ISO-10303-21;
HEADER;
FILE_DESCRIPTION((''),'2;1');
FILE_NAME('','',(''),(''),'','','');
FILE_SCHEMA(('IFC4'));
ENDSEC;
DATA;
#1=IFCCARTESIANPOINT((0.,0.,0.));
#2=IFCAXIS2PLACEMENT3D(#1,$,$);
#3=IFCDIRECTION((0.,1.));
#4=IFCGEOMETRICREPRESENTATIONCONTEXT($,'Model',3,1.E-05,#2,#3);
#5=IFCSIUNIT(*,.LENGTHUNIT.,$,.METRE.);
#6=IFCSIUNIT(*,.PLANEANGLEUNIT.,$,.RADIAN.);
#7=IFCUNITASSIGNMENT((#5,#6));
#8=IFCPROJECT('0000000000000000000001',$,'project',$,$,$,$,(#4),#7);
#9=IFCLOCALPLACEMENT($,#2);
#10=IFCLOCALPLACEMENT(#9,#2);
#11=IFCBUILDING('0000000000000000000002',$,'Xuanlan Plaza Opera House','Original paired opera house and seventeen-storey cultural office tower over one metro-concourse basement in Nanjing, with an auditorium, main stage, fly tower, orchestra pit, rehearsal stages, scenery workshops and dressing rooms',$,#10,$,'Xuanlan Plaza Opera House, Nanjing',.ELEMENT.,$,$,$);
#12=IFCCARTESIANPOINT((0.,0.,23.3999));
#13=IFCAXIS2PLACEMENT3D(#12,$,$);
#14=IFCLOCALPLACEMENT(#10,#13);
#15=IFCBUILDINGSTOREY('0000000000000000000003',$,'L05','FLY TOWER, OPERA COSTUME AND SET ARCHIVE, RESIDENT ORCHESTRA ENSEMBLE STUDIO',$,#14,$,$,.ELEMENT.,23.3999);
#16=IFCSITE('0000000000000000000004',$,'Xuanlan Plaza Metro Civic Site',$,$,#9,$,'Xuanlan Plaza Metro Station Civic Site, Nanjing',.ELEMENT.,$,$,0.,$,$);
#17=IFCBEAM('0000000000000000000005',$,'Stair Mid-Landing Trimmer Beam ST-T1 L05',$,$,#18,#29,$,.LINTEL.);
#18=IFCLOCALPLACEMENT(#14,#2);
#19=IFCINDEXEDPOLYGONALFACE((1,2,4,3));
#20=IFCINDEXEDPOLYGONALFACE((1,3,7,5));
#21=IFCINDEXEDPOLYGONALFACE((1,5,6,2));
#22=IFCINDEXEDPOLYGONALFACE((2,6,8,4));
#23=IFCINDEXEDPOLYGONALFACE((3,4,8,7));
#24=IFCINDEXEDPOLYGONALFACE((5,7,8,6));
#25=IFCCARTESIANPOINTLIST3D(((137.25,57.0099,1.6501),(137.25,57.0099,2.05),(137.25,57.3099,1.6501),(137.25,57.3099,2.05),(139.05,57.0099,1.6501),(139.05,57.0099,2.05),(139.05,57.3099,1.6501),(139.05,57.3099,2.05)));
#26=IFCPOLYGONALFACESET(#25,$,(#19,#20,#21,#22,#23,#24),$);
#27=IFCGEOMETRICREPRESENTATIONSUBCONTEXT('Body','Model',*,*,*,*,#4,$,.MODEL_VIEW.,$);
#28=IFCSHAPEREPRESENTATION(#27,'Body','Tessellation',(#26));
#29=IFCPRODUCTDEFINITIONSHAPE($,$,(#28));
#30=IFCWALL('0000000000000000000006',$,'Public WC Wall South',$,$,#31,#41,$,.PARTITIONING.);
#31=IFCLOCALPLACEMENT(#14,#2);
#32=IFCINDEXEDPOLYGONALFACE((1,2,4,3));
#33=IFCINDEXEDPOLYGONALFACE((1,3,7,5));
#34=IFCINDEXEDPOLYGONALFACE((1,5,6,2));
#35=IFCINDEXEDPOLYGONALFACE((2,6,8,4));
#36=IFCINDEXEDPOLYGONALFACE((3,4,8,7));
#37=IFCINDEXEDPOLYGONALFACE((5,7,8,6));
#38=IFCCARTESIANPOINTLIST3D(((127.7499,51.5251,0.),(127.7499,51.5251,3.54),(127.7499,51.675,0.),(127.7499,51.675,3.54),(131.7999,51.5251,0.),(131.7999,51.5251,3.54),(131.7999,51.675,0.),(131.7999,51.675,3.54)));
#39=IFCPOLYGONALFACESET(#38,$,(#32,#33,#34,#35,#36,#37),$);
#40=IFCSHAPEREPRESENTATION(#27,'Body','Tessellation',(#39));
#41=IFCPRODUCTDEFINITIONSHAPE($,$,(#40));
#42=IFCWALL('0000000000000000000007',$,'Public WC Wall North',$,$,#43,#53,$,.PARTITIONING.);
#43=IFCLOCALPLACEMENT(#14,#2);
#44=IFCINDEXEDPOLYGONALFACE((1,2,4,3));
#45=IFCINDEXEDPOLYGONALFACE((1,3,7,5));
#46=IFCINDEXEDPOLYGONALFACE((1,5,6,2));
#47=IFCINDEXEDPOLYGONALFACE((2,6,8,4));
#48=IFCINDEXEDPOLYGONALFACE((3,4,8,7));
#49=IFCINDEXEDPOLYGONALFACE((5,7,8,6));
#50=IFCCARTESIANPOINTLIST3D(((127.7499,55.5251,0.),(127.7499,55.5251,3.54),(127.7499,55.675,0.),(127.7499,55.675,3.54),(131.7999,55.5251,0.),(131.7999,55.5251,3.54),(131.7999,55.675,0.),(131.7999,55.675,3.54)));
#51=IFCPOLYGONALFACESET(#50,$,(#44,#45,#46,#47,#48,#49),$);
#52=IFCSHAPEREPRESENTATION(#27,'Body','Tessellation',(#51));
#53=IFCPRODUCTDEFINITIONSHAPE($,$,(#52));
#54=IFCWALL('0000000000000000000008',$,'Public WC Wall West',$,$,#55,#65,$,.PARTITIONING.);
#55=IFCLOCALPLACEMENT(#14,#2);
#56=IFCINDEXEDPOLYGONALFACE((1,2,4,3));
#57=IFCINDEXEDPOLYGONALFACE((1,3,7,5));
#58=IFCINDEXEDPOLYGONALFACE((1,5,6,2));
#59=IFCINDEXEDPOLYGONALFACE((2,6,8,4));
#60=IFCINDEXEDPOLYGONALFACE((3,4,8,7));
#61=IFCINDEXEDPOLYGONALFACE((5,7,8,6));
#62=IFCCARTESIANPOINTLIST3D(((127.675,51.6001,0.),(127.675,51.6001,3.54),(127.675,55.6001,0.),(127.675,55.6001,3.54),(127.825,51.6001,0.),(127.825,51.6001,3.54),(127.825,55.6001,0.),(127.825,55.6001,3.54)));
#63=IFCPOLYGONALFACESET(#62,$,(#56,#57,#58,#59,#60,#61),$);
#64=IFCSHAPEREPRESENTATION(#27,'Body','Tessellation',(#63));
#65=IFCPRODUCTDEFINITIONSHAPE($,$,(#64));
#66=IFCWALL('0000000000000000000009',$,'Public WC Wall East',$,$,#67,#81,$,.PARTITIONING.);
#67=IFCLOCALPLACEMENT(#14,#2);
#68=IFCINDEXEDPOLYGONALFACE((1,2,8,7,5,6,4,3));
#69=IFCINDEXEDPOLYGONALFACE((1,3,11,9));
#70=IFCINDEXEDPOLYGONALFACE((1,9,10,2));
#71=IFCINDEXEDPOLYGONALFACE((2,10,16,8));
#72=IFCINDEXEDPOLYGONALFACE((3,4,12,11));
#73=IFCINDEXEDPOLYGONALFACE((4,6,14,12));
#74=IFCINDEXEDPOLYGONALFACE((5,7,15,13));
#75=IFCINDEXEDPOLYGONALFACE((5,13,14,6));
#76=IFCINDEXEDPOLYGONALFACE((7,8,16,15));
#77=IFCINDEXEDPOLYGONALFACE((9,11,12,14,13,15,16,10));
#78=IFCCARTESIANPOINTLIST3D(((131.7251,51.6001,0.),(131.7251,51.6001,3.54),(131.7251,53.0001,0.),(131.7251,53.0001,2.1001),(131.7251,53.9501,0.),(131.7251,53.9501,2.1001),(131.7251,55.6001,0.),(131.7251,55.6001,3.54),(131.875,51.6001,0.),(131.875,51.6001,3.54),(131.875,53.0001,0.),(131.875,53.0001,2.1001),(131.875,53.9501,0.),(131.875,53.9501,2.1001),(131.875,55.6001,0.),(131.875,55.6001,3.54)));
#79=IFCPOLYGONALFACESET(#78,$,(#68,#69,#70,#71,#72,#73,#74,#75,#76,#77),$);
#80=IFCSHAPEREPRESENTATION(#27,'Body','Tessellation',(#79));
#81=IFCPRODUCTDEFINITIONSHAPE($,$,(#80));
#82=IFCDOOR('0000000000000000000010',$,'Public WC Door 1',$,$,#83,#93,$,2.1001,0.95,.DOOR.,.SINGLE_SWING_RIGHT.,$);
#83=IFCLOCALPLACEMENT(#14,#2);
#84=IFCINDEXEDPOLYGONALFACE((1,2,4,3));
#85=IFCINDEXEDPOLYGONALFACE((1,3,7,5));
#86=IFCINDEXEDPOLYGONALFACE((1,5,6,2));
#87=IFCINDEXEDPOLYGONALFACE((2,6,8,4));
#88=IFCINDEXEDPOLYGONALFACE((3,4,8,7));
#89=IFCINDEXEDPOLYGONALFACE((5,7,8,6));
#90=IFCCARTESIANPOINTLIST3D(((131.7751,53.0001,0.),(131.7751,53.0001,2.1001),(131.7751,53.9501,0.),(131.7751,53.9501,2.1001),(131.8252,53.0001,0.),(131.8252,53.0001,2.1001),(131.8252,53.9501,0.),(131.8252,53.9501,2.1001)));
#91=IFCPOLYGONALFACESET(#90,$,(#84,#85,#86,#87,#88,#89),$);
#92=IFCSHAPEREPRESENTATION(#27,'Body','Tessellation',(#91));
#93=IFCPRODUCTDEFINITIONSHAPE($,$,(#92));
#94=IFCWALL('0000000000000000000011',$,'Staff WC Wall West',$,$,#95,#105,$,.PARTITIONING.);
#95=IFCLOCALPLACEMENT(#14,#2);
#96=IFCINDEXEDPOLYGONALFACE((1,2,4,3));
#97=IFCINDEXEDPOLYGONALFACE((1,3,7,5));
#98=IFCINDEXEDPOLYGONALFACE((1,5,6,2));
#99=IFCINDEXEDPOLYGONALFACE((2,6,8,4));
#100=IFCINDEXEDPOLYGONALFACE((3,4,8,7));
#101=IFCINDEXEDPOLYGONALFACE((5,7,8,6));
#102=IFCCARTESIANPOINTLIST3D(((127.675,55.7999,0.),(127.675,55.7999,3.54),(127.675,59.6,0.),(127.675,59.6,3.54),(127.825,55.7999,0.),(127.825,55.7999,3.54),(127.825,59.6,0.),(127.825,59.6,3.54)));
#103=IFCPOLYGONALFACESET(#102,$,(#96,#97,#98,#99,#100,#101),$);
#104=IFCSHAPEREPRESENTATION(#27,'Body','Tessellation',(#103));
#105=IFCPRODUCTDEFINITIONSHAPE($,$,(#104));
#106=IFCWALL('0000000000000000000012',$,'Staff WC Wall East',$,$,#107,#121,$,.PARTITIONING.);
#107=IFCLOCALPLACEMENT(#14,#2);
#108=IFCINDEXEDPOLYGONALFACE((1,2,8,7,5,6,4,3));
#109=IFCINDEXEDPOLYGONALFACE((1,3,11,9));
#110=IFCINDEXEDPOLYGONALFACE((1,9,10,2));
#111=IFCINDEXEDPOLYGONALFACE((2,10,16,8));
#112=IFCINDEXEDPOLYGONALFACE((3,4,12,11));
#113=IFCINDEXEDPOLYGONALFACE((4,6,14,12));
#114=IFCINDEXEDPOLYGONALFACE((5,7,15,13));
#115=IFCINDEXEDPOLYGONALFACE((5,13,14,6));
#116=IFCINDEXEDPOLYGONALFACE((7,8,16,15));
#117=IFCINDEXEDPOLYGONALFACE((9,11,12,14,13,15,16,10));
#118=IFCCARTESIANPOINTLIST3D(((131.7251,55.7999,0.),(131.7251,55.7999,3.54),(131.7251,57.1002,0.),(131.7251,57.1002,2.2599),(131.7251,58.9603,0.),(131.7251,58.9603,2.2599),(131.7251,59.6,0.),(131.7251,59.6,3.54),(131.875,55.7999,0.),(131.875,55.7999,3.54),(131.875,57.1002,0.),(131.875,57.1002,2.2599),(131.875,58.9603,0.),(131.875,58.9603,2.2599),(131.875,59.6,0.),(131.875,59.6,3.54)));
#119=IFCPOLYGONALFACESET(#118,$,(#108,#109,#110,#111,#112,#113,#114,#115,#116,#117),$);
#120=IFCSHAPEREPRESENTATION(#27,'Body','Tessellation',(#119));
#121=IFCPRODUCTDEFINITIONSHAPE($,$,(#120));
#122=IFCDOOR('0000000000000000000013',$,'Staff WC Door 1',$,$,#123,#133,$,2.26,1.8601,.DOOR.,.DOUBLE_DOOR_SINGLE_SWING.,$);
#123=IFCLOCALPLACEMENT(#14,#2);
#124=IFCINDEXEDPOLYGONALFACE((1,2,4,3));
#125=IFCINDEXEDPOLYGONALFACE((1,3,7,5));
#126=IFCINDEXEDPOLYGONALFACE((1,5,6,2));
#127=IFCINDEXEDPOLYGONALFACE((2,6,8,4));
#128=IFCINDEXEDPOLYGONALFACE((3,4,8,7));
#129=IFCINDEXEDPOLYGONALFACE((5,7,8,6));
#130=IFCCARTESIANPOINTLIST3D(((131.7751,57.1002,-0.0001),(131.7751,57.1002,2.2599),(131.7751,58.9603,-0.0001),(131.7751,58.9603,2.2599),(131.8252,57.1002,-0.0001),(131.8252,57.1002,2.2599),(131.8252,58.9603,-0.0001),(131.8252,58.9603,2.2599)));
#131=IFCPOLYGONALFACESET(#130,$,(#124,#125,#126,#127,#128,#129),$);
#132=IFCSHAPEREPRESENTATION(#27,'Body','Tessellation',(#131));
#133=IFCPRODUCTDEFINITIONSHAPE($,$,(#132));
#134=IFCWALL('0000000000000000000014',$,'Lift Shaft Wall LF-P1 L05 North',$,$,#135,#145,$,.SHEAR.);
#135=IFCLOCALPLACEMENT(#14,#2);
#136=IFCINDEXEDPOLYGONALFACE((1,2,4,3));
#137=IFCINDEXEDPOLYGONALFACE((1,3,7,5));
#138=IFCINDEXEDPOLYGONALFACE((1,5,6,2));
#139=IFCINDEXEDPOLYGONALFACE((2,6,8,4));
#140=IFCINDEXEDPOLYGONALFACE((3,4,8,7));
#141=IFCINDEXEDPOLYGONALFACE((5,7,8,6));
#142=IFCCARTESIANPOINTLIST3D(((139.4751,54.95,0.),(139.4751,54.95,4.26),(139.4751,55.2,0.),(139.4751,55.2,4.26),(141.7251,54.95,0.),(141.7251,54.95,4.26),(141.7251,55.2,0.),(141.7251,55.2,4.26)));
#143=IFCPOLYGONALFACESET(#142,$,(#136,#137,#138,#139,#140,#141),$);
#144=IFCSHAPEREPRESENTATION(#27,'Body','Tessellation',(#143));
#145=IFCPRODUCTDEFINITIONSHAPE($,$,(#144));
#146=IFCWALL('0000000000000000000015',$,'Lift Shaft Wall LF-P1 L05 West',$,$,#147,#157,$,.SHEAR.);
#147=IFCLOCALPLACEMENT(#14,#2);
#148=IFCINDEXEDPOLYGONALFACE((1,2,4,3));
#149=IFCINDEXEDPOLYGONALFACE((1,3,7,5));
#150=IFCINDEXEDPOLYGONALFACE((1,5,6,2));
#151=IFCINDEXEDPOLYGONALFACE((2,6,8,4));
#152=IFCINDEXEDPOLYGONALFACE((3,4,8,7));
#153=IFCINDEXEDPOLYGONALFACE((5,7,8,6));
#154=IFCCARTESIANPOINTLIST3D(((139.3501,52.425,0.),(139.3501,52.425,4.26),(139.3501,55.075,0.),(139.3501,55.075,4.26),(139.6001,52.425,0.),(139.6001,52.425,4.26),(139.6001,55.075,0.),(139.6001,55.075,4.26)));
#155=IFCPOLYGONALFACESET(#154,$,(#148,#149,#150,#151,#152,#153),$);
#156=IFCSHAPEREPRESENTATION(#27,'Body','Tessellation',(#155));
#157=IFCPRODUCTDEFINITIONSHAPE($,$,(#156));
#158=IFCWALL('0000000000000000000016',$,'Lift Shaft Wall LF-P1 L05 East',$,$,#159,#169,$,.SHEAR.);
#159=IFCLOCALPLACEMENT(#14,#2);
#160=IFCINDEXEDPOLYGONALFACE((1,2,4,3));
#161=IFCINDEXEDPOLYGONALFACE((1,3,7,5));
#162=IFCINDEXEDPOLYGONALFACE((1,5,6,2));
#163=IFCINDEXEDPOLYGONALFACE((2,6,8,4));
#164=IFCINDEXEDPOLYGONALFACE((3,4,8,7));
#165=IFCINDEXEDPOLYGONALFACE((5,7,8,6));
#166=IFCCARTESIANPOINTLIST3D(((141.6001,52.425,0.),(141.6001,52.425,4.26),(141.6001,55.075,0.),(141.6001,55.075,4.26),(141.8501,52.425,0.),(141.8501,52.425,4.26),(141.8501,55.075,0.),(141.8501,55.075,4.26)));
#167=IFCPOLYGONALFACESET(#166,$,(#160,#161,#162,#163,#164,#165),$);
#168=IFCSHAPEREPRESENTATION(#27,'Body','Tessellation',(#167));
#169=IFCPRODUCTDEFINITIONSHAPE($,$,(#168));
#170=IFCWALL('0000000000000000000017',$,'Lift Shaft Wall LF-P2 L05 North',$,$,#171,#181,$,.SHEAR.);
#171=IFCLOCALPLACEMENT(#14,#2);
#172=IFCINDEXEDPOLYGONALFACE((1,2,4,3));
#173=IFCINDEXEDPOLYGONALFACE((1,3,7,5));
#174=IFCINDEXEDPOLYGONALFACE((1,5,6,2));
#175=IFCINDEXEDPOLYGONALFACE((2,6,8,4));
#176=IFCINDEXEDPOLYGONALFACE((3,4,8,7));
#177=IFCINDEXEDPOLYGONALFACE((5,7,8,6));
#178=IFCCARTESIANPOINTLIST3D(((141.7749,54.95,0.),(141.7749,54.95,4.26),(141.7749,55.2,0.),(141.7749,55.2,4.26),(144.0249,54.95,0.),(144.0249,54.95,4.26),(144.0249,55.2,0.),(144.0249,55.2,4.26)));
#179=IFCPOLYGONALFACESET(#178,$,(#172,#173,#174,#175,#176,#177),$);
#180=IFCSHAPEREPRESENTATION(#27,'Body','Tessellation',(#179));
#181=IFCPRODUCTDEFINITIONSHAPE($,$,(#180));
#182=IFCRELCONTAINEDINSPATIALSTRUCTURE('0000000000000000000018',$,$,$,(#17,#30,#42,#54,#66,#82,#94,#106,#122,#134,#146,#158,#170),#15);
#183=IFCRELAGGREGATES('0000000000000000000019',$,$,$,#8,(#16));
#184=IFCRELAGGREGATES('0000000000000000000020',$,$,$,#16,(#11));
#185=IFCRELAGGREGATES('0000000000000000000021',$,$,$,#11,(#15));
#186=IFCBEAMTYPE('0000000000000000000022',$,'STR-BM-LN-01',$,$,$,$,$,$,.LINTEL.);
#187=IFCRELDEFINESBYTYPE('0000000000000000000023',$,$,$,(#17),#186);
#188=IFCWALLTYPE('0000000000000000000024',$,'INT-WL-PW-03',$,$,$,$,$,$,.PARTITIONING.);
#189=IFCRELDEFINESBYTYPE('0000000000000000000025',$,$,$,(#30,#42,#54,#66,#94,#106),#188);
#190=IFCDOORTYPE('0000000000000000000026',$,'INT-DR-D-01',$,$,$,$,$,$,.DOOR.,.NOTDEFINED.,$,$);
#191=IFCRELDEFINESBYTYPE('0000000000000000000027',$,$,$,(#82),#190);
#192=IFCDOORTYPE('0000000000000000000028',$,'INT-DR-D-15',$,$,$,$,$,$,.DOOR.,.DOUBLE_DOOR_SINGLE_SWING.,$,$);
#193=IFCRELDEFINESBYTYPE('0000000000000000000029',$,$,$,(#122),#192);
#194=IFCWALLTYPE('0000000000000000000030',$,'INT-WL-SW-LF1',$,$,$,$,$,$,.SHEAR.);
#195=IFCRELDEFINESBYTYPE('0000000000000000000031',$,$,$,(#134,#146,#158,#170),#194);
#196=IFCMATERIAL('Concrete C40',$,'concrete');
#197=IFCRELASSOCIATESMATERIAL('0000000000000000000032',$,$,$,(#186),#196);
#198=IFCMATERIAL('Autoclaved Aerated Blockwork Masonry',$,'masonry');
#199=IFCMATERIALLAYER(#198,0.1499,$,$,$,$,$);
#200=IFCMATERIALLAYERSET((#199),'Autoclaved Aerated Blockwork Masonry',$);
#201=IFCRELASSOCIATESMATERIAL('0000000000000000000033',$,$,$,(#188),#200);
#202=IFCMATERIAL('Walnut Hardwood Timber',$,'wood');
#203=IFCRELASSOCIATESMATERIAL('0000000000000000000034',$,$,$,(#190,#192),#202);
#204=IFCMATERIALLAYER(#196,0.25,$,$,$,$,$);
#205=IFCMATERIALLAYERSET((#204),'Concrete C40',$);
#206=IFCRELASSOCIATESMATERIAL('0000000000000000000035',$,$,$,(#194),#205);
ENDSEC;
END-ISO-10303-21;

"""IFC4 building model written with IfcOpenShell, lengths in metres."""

from ifc_helpers import new_model, si_unit, direction, frame, frame_2d, origin, origin_2d, place, context, subcontext, project, spatial, rectangle, extrude, material, layer, layer_set, material_profile, profile_set, type_object, element, fill, save


model = new_model("IFC4")

# Units and contexts
model_context = context("Model", 3, precision=1e-05, world=origin(), true_north=direction((0.0, 1.0)))
body_context = subcontext(model_context, "Body", "Model", "MODEL_VIEW")
ifc_project = project(units=[si_unit("LENGTHUNIT", "METRE"), si_unit("PLANEANGLEUNIT", "RADIAN")], contexts=[model_context])

# Site, building, storey
site_placement = place(None, origin())
site = spatial("IfcSite", under=ifc_project, at=site_placement, Name="Xuanlan Plaza Metro Civic Site", LongName="Xuanlan Plaza Metro Station Civic Site, Nanjing", CompositionType="ELEMENT", RefElevation=0.0)
building_placement = place(site_placement, origin())
building = spatial("IfcBuilding", under=site, at=building_placement, Name="Xuanlan Plaza Opera House", Description="Original paired opera house and seventeen-storey cultural office tower over one metro-concourse basement in Nanjing, with an auditorium, main stage, fly tower, orchestra pit, rehearsal stages, scenery workshops and dressing rooms", LongName="Xuanlan Plaza Opera House, Nanjing", CompositionType="ELEMENT")
storey_placement = place(building_placement, frame((0.0, 0.0, 23.3999)))
storey = spatial("IfcBuildingStorey", under=building, at=storey_placement, Name="L05", Description="FLY TOWER, OPERA COSTUME AND SET ARCHIVE, RESIDENT ORCHESTRA ENSEMBLE STUDIO", CompositionType="ELEMENT", Elevation=23.3999)

# Beam
ifc_material_1 = material(Name="Concrete C40", Category="concrete")
ifc_material_profile = material_profile(ifc_material_1, rectangle(XDim=0.3, YDim=0.3999, at=origin_2d()), Name="RC-LNT 300x400")
ifc_profile_set = profile_set([ifc_material_profile], Name="Concrete C40")
beam_type = type_object("IfcBeamType", Name="STR-BM-LN-01", PredefinedType="LINTEL", material=ifc_profile_set)
beam_placement = place(storey_placement, frame((137.25, 57.1599, 1.8501), z_axis=(1.0, 0.0, 0.0), x_axis=(0.0, 1.0, 0.0)))
element("IfcBeam", 1, at=beam_placement, inside=storey, type_object=beam_type, Name="Stair Mid-Landing Trimmer Beam ST-T1 L05", PredefinedType="LINTEL", context=body_context, shape_type="SweptSolid", body=[
    extrude(rectangle(XDim=0.3, YDim=0.3999, at=origin_2d()), origin(), (0.0, 0.0, 1.0), 1.8),
])

# Walls
ifc_material_2 = material(Name="Autoclaved Aerated Blockwork Masonry", Category="masonry")
ifc_layer_1 = layer(ifc_material_2, 0.1499)
ifc_layer_set_1 = layer_set([ifc_layer_1], Name="Autoclaved Aerated Blockwork Masonry")
wall_type_1 = type_object("IfcWallType", Name="INT-WL-PW-03", PredefinedType="PARTITIONING", material=ifc_layer_set_1)
for number, where, z_axis, x_axis, name in (
    (2, (127.75, 51.6001, 0.0), (0.0, 0.0, 1.0), (1.0, 0.0, 0.0), "Public WC Wall South"),
    (3, (127.75, 55.6001, 0.0), (0.0, 0.0, 1.0), (1.0, 0.0, 0.0), "Public WC Wall North"),
):
    element("IfcWall", number, at=place(storey_placement, frame(where, z_axis=z_axis, x_axis=x_axis)), inside=storey, type_object=wall_type_1, Name=name, PredefinedType="PARTITIONING", context=body_context, shape_type="SweptSolid", body=[
        extrude(rectangle(XDim=4.05, YDim=0.1499, at=frame_2d((2.0249, 0.0))), origin(), (0.0, 0.0, 1.0), 3.54),
    ])
wall_1_placement = place(storey_placement, frame((127.75, 51.6001, 0.0), z_axis=(0.0, 0.0, 1.0), x_axis=(0.0, 1.0, 0.0)))
element("IfcWall", 4, at=wall_1_placement, inside=storey, type_object=wall_type_1, Name="Public WC Wall West", PredefinedType="PARTITIONING", context=body_context, shape_type="SweptSolid", body=[
    extrude(rectangle(XDim=4.0, YDim=0.1499, at=frame_2d((2.0, 0.0))), origin(), (0.0, 0.0, 1.0), 3.54),
])

# Wall, opening, door
wall_2_placement = place(storey_placement, frame((131.8, 51.6001, 0.0), z_axis=(0.0, 0.0, 1.0), x_axis=(0.0, 1.0, 0.0)))
wall_2 = element("IfcWall", 5, at=wall_2_placement, inside=storey, type_object=wall_type_1, Name="Public WC Wall East", PredefinedType="PARTITIONING", context=body_context, shape_type="SweptSolid", body=[
    extrude(rectangle(XDim=4.0, YDim=0.1499, at=frame_2d((2.0, 0.0))), origin(), (0.0, 0.0, 1.0), 3.54),
])
opening_1_placement = place(wall_2_placement, frame((1.3999, 0.0, 0.0)))
opening_1 = element("IfcOpeningElement", 6, at=opening_1_placement, cuts=wall_2, PredefinedType="OPENING", context=body_context, shape_type="SweptSolid", body=[
    extrude(rectangle(XDim=0.95, YDim=2.1001, at=frame_2d((0.4751, 1.05))), frame((0.0, 0.085, 0.0), z_axis=(0.0, -1.0, 0.0), x_axis=(1.0, 0.0, 0.0)), (0.0, 0.0, 1.0), 0.1699),
])
ifc_material_3 = material(Name="Walnut Hardwood Timber", Category="wood")
door_type_1 = type_object("IfcDoorType", Name="INT-DR-D-01", OperationType="NOTDEFINED", PredefinedType="DOOR", material=ifc_material_3)
door_1_placement = place(opening_1_placement, origin())
door_1 = element("IfcDoor", 7, at=door_1_placement, inside=storey, type_object=door_type_1, Name="Public WC Door 1", OperationType="SINGLE_SWING_RIGHT", OverallHeight=2.1001, OverallWidth=0.95, PredefinedType="DOOR", context=body_context, shape_type="SweptSolid", body=[
    extrude(rectangle(XDim=0.95, YDim=2.1001, at=frame_2d((0.4751, 1.05))), frame((0.0, 0.0249, 0.0), z_axis=(0.0, -1.0, 0.0), x_axis=(1.0, 0.0, 0.0)), (0.0, 0.0, 1.0), 0.05),
])
fill(opening_1, door_1)

# Wall
wall_3_placement = place(storey_placement, frame((127.75, 55.8, 0.0), z_axis=(0.0, 0.0, 1.0), x_axis=(0.0, 1.0, 0.0)))
element("IfcWall", 8, at=wall_3_placement, inside=storey, type_object=wall_type_1, Name="Staff WC Wall West", PredefinedType="PARTITIONING", context=body_context, shape_type="SweptSolid", body=[
    extrude(rectangle(XDim=3.8, YDim=0.1499, at=frame_2d((1.8999, 0.0))), origin(), (0.0, 0.0, 1.0), 3.54),
])

# Wall, opening, door
wall_4_placement = place(storey_placement, frame((131.8, 55.8, 0.0), z_axis=(0.0, 0.0, 1.0), x_axis=(0.0, 1.0, 0.0)))
wall_4 = element("IfcWall", 9, at=wall_4_placement, inside=storey, type_object=wall_type_1, Name="Staff WC Wall East", PredefinedType="PARTITIONING", context=body_context, shape_type="SweptSolid", body=[
    extrude(rectangle(XDim=3.8, YDim=0.1499, at=frame_2d((1.8999, 0.0))), origin(), (0.0, 0.0, 1.0), 3.54),
])
opening_2_placement = place(wall_4_placement, frame((1.3, 0.0, 0.0)))
opening_2 = element("IfcOpeningElement", 10, at=opening_2_placement, cuts=wall_4, PredefinedType="OPENING", context=body_context, shape_type="SweptSolid", body=[
    extrude(rectangle(XDim=1.8601, YDim=2.26, at=frame_2d((0.9302, 1.1299))), frame((0.0, 0.085, 0.0), z_axis=(0.0, -1.0, 0.0), x_axis=(1.0, 0.0, 0.0)), (0.0, 0.0, 1.0), 0.1699),
])
door_type_2 = type_object("IfcDoorType", Name="INT-DR-D-15", OperationType="DOUBLE_DOOR_SINGLE_SWING", PredefinedType="DOOR", material=ifc_material_3)
door_2_placement = place(opening_2_placement, origin())
door_2 = element("IfcDoor", 11, at=door_2_placement, inside=storey, type_object=door_type_2, Name="Staff WC Door 1", OperationType="DOUBLE_DOOR_SINGLE_SWING", OverallHeight=2.26, OverallWidth=1.8601, PredefinedType="DOOR", context=body_context, shape_type="SweptSolid", body=[
    extrude(rectangle(XDim=1.8601, YDim=2.26, at=frame_2d((0.9302, 1.1299))), frame((0.0, 0.0249, 0.0), z_axis=(0.0, -1.0, 0.0), x_axis=(1.0, 0.0, 0.0)), (0.0, 0.0, 1.0), 0.05),
])
fill(opening_2, door_2)
ifc_layer_2 = layer(ifc_material_1, 0.25)
ifc_layer_set_2 = layer_set([ifc_layer_2], Name="Concrete C40")
wall_type_2 = type_object("IfcWallType", Name="INT-WL-SW-LF1", PredefinedType="SHEAR", material=ifc_layer_set_2)

# Walls
wall_5_placement = place(storey_placement, frame((139.4751, 55.075, 0.0), z_axis=(0.0, 0.0, 1.0), x_axis=(1.0, 0.0, 0.0)))
element("IfcWall", 12, at=wall_5_placement, inside=storey, type_object=wall_type_2, Name="Lift Shaft Wall LF-P1 L05 North", PredefinedType="SHEAR", context=body_context, shape_type="SweptSolid", body=[
    extrude(rectangle(XDim=2.25, YDim=0.25, at=frame_2d((1.125, 0.0))), origin(), (0.0, 0.0, 1.0), 4.26),
])
for number, where, z_axis, x_axis, name in (
    (13, (139.4751, 52.425, 0.0), (0.0, 0.0, 1.0), (0.0, 1.0, 0.0), "Lift Shaft Wall LF-P1 L05 West"),
    (14, (141.7251, 52.425, 0.0), (0.0, 0.0, 1.0), (0.0, 1.0, 0.0), "Lift Shaft Wall LF-P1 L05 East"),
):
    element("IfcWall", number, at=place(storey_placement, frame(where, z_axis=z_axis, x_axis=x_axis)), inside=storey, type_object=wall_type_2, Name=name, PredefinedType="SHEAR", context=body_context, shape_type="SweptSolid", body=[
        extrude(rectangle(XDim=2.6499, YDim=0.25, at=frame_2d((1.325, 0.0))), origin(), (0.0, 0.0, 1.0), 4.26),
    ])

# Wall
wall_6_placement = place(storey_placement, frame((141.7749, 55.075, 0.0), z_axis=(0.0, 0.0, 1.0), x_axis=(1.0, 0.0, 0.0)))
element("IfcWall", 15, at=wall_6_placement, inside=storey, type_object=wall_type_2, Name="Lift Shaft Wall LF-P2 L05 North", PredefinedType="SHEAR", context=body_context, shape_type="SweptSolid", body=[
    extrude(rectangle(XDim=2.25, YDim=0.25, at=frame_2d((1.125, 0.0))), origin(), (0.0, 0.0, 1.0), 4.26),
])

save(model, "model.ifc")
